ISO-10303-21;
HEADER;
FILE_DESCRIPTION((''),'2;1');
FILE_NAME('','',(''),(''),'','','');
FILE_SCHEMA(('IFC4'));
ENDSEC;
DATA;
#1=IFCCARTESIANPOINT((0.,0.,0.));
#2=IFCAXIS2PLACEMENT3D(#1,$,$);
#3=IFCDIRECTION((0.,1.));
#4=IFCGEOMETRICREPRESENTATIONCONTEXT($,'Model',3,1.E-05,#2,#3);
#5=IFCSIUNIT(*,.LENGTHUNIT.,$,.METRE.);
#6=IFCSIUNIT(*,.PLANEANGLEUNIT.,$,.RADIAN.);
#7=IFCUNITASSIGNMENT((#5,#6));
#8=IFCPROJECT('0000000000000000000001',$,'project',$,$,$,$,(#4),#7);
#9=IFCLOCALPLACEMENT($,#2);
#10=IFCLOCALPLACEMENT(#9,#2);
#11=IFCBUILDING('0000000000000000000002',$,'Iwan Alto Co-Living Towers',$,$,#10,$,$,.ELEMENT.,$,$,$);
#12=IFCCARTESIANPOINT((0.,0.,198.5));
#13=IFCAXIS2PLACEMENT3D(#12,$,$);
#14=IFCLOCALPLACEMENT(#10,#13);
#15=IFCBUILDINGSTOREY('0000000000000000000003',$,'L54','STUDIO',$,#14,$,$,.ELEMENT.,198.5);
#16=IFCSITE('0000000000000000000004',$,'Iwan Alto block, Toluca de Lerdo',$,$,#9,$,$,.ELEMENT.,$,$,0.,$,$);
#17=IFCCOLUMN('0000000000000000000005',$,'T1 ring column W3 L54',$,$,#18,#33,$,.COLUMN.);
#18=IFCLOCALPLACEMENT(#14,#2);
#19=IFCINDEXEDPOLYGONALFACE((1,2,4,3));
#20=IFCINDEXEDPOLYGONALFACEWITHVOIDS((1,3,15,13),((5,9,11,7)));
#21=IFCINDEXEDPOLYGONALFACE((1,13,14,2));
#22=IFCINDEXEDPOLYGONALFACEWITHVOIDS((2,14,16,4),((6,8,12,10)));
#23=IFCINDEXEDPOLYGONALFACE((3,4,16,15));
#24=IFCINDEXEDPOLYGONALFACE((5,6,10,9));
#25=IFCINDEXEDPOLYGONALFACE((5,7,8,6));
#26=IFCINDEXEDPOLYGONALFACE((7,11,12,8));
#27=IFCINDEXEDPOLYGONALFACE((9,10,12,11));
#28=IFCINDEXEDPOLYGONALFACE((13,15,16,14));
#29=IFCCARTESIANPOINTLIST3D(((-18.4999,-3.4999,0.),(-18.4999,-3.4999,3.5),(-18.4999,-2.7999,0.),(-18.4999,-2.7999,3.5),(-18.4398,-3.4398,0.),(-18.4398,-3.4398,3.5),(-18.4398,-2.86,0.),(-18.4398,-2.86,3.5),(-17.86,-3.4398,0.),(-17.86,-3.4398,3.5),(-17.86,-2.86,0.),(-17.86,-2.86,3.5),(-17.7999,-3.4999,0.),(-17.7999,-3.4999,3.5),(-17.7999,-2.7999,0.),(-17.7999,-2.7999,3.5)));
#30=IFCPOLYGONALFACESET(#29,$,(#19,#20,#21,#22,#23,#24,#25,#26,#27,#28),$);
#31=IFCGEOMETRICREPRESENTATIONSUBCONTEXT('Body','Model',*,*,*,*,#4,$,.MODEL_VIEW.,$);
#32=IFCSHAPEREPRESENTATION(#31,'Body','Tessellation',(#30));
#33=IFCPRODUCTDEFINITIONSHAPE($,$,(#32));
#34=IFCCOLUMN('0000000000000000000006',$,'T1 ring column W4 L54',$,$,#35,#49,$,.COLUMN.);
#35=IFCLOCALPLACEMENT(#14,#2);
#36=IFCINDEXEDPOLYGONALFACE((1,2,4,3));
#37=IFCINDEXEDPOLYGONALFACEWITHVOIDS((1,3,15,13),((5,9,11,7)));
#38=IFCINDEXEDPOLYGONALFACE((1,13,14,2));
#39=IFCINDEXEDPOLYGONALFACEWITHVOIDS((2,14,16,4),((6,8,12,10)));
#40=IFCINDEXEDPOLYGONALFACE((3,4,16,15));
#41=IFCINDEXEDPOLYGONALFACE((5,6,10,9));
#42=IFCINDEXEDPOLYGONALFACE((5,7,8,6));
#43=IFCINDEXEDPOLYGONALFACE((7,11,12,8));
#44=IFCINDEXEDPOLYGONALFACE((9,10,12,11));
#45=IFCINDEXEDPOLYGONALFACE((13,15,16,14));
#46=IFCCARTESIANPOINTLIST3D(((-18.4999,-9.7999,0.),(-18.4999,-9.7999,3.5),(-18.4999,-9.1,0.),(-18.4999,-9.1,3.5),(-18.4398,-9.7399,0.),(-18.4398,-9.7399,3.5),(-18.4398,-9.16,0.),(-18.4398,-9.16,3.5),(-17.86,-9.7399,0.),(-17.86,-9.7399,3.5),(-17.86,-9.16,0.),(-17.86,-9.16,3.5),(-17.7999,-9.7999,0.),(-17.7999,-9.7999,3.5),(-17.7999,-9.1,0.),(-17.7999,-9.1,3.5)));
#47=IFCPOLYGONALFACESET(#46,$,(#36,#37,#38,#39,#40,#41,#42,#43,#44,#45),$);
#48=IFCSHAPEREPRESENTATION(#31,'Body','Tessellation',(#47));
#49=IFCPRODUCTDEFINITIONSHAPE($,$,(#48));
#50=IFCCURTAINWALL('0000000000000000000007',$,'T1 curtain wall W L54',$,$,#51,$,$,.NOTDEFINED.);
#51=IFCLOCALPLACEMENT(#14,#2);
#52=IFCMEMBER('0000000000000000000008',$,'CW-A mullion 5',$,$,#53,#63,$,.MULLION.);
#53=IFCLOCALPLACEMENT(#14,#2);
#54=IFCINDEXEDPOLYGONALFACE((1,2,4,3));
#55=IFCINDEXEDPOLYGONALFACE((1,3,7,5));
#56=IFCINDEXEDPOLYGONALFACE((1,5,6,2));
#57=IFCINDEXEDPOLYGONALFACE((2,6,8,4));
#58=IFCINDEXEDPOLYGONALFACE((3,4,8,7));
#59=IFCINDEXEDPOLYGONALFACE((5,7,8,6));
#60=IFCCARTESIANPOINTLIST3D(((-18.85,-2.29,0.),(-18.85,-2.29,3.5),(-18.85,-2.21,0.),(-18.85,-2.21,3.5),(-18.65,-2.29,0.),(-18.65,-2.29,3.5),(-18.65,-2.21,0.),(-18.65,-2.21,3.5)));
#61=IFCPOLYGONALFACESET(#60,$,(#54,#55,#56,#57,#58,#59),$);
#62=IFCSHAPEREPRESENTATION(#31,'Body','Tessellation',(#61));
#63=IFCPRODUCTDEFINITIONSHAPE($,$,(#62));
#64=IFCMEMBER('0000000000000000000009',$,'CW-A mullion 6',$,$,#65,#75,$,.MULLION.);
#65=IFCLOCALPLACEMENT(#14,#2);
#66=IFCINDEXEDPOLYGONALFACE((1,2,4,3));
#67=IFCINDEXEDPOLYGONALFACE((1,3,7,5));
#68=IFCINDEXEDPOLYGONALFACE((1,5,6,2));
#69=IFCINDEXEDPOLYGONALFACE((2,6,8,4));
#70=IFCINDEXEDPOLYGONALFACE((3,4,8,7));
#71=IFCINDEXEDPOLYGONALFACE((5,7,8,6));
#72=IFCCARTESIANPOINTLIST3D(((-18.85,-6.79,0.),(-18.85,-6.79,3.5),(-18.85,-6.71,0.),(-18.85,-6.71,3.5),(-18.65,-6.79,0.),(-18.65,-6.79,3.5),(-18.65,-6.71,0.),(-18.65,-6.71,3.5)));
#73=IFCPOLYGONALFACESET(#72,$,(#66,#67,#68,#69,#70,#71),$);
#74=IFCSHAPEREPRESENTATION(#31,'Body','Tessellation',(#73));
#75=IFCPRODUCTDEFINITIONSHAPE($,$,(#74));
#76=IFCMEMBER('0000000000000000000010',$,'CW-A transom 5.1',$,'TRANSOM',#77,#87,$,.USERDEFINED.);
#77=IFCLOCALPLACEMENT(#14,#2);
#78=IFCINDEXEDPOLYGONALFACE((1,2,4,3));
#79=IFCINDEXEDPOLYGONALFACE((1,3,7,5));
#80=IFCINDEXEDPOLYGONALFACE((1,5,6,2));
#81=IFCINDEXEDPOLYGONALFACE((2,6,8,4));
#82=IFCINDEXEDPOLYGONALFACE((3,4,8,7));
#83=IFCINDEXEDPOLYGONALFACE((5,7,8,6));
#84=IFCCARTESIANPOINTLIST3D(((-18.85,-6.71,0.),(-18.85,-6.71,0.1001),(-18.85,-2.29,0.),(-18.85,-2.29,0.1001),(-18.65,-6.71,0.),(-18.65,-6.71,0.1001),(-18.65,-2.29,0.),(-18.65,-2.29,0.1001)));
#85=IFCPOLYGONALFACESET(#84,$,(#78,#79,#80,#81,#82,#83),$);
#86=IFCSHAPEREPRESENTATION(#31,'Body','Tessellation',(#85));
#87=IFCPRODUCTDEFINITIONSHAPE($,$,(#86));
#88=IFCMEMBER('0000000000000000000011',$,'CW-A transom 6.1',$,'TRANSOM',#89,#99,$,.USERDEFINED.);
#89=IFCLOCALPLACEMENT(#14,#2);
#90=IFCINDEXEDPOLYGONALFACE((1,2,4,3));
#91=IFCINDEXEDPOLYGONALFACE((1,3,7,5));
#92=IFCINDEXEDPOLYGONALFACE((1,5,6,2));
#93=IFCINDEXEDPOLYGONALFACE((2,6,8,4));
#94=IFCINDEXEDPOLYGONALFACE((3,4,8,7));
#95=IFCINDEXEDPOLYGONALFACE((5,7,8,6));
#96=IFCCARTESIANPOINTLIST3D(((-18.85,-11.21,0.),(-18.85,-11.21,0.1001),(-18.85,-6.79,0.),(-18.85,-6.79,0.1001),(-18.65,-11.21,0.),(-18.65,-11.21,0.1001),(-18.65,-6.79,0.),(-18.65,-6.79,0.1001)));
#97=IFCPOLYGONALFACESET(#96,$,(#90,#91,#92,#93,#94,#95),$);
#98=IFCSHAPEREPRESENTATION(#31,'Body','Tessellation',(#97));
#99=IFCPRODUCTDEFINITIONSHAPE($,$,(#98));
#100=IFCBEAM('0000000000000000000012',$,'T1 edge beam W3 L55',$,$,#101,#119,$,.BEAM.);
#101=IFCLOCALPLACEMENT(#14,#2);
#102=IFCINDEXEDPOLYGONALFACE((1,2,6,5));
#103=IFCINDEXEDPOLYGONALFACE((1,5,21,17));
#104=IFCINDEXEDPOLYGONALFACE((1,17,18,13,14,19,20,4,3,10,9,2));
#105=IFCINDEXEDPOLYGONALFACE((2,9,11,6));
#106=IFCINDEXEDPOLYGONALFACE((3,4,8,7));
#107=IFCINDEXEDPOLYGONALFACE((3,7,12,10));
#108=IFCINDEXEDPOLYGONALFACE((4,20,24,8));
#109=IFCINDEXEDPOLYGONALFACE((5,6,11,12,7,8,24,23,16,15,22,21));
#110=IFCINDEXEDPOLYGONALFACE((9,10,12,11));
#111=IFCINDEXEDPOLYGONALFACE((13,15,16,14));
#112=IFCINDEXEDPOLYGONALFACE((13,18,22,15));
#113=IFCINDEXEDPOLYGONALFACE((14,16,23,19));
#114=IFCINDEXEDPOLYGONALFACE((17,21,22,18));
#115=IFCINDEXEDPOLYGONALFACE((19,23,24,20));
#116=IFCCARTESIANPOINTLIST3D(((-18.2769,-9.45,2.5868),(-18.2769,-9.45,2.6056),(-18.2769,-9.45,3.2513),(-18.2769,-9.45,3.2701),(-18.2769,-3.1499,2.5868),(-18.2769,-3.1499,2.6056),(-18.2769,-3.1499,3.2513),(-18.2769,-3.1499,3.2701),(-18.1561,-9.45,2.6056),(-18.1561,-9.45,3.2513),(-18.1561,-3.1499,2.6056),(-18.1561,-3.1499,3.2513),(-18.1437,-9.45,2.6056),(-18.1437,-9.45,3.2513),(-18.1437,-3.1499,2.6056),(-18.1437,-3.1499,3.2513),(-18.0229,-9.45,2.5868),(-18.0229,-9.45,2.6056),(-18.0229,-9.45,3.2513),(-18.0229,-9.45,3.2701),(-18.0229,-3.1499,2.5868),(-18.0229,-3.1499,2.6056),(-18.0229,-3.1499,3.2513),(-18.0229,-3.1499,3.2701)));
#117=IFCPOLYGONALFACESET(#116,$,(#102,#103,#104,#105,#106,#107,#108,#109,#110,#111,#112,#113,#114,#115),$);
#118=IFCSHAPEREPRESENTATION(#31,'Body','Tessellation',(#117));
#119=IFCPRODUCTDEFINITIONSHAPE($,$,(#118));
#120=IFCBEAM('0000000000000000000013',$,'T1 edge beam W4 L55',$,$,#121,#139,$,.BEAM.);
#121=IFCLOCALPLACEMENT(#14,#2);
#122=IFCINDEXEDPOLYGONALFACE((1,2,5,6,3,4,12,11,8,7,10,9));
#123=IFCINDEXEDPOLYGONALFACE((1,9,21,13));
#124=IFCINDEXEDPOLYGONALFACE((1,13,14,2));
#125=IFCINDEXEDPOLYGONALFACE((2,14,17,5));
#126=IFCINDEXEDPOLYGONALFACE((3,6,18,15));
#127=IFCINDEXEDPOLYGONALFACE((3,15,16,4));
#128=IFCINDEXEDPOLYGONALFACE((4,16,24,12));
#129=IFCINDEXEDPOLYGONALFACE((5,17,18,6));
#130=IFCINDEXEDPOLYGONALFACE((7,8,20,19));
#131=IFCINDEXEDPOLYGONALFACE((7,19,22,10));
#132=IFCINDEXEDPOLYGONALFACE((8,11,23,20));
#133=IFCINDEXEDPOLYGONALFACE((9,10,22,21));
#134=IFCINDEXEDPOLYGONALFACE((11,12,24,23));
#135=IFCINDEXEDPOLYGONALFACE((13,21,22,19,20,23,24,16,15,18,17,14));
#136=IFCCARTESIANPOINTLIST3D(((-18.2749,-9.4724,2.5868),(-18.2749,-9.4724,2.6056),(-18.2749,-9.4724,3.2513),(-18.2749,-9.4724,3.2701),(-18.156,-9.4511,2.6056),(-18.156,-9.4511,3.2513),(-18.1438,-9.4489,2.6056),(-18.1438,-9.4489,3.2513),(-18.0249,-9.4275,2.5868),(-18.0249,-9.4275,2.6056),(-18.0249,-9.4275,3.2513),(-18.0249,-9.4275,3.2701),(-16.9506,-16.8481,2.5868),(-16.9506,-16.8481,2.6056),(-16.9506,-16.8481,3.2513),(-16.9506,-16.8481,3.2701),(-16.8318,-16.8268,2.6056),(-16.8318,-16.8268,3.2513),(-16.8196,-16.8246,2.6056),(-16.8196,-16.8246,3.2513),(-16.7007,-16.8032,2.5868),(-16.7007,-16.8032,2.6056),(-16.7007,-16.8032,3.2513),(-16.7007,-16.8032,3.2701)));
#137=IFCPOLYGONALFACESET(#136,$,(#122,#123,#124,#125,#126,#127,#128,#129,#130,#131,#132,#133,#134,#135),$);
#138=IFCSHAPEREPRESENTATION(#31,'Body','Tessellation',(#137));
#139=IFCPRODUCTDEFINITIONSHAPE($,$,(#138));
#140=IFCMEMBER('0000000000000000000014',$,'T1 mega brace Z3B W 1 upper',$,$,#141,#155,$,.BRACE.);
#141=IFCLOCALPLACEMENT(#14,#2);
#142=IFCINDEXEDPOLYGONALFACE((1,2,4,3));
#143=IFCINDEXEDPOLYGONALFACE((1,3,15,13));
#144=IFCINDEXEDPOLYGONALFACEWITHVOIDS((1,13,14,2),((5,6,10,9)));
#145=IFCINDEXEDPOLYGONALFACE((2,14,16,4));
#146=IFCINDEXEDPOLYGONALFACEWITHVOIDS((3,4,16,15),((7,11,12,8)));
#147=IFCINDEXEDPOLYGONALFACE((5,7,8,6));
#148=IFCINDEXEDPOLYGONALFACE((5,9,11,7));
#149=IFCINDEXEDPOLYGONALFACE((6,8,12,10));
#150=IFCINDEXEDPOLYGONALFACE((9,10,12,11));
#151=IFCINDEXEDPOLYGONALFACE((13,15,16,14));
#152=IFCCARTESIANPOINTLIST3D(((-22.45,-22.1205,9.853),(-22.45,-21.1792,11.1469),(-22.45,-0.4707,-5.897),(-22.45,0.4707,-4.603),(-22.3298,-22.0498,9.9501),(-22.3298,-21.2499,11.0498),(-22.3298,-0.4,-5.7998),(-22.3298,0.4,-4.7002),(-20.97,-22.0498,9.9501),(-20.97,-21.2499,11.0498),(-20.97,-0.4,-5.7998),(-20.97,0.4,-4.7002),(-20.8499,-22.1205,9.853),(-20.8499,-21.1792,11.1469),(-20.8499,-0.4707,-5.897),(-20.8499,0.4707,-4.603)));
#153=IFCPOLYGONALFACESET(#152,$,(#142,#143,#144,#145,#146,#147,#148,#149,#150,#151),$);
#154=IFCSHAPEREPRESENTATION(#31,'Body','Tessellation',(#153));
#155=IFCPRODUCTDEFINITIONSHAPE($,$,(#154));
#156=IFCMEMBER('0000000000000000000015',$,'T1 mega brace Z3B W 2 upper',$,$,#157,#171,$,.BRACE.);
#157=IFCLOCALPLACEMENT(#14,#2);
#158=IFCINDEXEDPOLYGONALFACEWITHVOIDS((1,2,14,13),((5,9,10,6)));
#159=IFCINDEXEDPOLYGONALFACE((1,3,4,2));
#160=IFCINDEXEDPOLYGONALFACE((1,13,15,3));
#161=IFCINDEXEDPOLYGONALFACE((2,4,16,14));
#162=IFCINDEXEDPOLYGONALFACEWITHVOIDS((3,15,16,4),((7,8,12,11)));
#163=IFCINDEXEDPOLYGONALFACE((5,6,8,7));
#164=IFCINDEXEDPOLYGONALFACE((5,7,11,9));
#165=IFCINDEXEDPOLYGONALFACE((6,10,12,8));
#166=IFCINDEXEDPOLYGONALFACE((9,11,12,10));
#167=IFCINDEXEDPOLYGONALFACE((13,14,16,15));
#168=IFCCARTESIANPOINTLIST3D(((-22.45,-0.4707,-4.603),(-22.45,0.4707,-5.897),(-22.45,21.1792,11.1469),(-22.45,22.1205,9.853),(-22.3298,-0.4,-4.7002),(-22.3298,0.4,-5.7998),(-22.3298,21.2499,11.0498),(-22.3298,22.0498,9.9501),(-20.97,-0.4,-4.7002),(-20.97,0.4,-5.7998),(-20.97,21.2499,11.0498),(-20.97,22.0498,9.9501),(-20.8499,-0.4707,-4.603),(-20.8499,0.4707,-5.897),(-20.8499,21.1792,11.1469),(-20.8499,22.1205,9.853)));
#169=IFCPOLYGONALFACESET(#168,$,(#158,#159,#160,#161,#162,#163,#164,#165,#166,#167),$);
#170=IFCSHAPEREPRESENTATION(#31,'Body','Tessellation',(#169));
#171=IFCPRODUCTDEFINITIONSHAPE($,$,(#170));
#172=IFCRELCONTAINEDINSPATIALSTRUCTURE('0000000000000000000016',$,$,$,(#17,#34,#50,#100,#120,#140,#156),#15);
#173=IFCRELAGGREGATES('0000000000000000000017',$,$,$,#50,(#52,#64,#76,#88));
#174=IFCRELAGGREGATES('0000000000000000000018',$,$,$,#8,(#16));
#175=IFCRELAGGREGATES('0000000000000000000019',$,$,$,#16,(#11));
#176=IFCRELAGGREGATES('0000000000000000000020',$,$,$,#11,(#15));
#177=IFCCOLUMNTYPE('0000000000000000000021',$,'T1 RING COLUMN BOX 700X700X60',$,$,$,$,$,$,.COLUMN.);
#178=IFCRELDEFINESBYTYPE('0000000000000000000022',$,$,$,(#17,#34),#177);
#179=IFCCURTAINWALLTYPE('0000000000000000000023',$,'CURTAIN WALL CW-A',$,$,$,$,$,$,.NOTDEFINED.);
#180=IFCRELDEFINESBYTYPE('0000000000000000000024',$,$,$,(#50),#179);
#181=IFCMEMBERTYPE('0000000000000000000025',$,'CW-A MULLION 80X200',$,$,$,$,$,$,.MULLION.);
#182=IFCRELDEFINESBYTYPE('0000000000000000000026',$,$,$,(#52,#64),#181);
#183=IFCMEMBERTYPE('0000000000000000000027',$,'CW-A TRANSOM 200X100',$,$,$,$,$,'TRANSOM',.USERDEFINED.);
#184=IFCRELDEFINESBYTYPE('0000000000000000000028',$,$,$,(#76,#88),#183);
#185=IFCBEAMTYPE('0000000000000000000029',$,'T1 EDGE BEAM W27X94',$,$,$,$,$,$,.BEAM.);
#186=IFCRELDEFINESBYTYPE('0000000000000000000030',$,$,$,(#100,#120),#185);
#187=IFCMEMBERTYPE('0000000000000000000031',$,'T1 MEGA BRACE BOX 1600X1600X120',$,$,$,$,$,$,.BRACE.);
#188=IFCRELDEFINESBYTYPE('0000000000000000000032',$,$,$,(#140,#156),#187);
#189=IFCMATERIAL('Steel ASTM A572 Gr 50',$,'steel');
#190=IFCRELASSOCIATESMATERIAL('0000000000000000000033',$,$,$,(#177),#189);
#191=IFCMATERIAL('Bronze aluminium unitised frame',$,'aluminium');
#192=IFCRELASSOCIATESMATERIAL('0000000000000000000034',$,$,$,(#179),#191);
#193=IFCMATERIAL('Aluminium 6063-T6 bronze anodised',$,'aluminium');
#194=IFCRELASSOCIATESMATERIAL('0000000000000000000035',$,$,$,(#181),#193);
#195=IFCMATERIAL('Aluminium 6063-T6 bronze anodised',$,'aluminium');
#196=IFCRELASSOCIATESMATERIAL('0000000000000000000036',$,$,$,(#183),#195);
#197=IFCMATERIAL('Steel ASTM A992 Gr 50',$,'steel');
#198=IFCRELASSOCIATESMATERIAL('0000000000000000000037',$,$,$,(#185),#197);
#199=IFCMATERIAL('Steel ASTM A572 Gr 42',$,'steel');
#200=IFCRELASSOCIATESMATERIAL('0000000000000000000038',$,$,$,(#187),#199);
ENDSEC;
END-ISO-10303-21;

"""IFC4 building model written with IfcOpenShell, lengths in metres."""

from ifc_helpers import new_model, si_unit, direction, frame, origin, origin_2d, place, context, subcontext, project, spatial, rectangle, hollow_rectangle, i_section, extrude, material, material_profile, profile_set, type_object, element, aggregate, save


model = new_model("IFC4")

# Units and contexts
model_context = context("Model", 3, precision=1e-05, world=origin(), true_north=direction((0.0, 1.0)))
body_context = subcontext(model_context, "Body", "Model", "MODEL_VIEW")
ifc_project = project(units=[si_unit("LENGTHUNIT", "METRE"), si_unit("PLANEANGLEUNIT", "RADIAN")], contexts=[model_context])

# Site, building, storey
site_placement = place(None, origin())
site = spatial("IfcSite", under=ifc_project, at=site_placement, Name="Iwan Alto block, Toluca de Lerdo", CompositionType="ELEMENT", RefElevation=0.0)
building_placement = place(site_placement, origin())
building = spatial("IfcBuilding", under=site, at=building_placement, Name="Iwan Alto Co-Living Towers", CompositionType="ELEMENT")
storey_placement = place(building_placement, frame((0.0, 0.0, 198.5)))
storey = spatial("IfcBuildingStorey", under=building, at=storey_placement, Name="L54", Description="STUDIO", CompositionType="ELEMENT", Elevation=198.5)

# Columns
ifc_material_1 = material(Name="Steel ASTM A572 Gr 50", Category="steel")
ifc_material_profile_1 = material_profile(ifc_material_1, hollow_rectangle(XDim=0.7, YDim=0.7, WallThickness=0.0601, at=origin_2d()), Name="BOX 700X700X60")
ifc_profile_set_1 = profile_set([ifc_material_profile_1], Name="Steel ASTM A572 Gr 50")
column_type = type_object("IfcColumnType", Name="T1 RING COLUMN BOX 700X700X60", PredefinedType="COLUMN", material=ifc_profile_set_1)
for number, where, z_axis, x_axis, name in (
    (1, (-18.1499, -3.1499, 0.0), (0.0, 0.0, 1.0), (1.0, 0.0, 0.0), "T1 ring column W3 L54"),
    (2, (-18.1499, -9.45, 0.0), (0.0, 0.0, 1.0), (1.0, 0.0, 0.0), "T1 ring column W4 L54"),
):
    element("IfcColumn", number, at=place(storey_placement, frame(where, z_axis=z_axis, x_axis=x_axis)), inside=storey, type_object=column_type, Name=name, PredefinedType="COLUMN", context=body_context, shape_type="SweptSolid", body=[
        extrude(hollow_rectangle(XDim=0.7, YDim=0.7, WallThickness=0.0601, at=origin_2d()), origin(), (0.0, 0.0, 1.0), 3.5),
    ])

# Curtain wall, members
ifc_material_2 = material(Name="Bronze aluminium unitised frame", Category="aluminium")
curtain_wall_type = type_object("IfcCurtainWallType", Name="CURTAIN WALL CW-A", PredefinedType="NOTDEFINED", material=ifc_material_2)
curtain_wall_placement = place(storey_placement, origin())
curtain_wall = element("IfcCurtainWall", 3, at=curtain_wall_placement, inside=storey, type_object=curtain_wall_type, Name="T1 curtain wall W L54", PredefinedType="NOTDEFINED")
ifc_material_3 = material(Name="Aluminium 6063-T6 bronze anodised", Category="aluminium")
ifc_material_profile_2 = material_profile(ifc_material_3, rectangle(XDim=0.2, YDim=0.0801, at=origin_2d()), Name="AL 80X200")
ifc_profile_set_2 = profile_set([ifc_material_profile_2], Name="Aluminium 6063-T6 bronze anodised")
member_type_1 = type_object("IfcMemberType", Name="CW-A MULLION 80X200", PredefinedType="MULLION", material=ifc_profile_set_2)
member_1_placement = place(storey_placement, frame((-18.75, -2.25, 0.0), z_axis=(0.0, 0.0, 1.0), x_axis=(1.0, 0.0, 0.0)))
member_1 = element("IfcMember", 4, at=member_1_placement, type_object=member_type_1, Name="CW-A mullion 5", PredefinedType="MULLION", context=body_context, shape_type="SweptSolid", body=[
    extrude(rectangle(XDim=0.2, YDim=0.0801, at=origin_2d()), origin(), (0.0, 0.0, 1.0), 3.5),
])
member_2_placement = place(storey_placement, frame((-18.75, -6.75, 0.0), z_axis=(0.0, 0.0, 1.0), x_axis=(1.0, 0.0, 0.0)))
member_2 = element("IfcMember", 5, at=member_2_placement, type_object=member_type_1, Name="CW-A mullion 6", PredefinedType="MULLION", context=body_context, shape_type="SweptSolid", body=[
    extrude(rectangle(XDim=0.2, YDim=0.0801, at=origin_2d()), origin(), (0.0, 0.0, 1.0), 3.5),
])
ifc_material_4 = material(Name="Aluminium 6063-T6 bronze anodised", Category="aluminium")
ifc_material_profile_3 = material_profile(ifc_material_4, rectangle(XDim=0.2, YDim=0.1001, at=origin_2d()), Name="AL 200X100")
ifc_profile_set_3 = profile_set([ifc_material_profile_3], Name="Aluminium 6063-T6 bronze anodised")
member_type_2 = type_object("IfcMemberType", Name="CW-A TRANSOM 200X100", ElementType="TRANSOM", PredefinedType="USERDEFINED", material=ifc_profile_set_3)
member_3_placement = place(storey_placement, frame((-18.75, -2.29, 0.05), z_axis=(0.0, -1.0, 0.0), x_axis=(1.0, 0.0, 0.0)))
member_3 = element("IfcMember", 6, at=member_3_placement, type_object=member_type_2, Name="CW-A transom 5.1", ObjectType="TRANSOM", PredefinedType="USERDEFINED", context=body_context, shape_type="SweptSolid", body=[
    extrude(rectangle(XDim=0.2, YDim=0.1001, at=origin_2d()), origin(), (0.0, 0.0, 1.0), 4.4199),
])
member_4_placement = place(storey_placement, frame((-18.75, -6.79, 0.05), z_axis=(0.0, -1.0, 0.0), x_axis=(1.0, 0.0, 0.0)))
member_4 = element("IfcMember", 7, at=member_4_placement, type_object=member_type_2, Name="CW-A transom 6.1", ObjectType="TRANSOM", PredefinedType="USERDEFINED", context=body_context, shape_type="SweptSolid", body=[
    extrude(rectangle(XDim=0.2, YDim=0.1001, at=origin_2d()), origin(), (0.0, 0.0, 1.0), 4.4199),
])

# Beams
ifc_material_5 = material(Name="Steel ASTM A992 Gr 50", Category="steel")
ifc_material_profile_4 = material_profile(ifc_material_5, i_section(OverallWidth=0.2539, OverallDepth=0.6833, WebThickness=0.0125, FlangeThickness=0.0188, at=origin_2d()), Name="W27X94")
ifc_profile_set_4 = profile_set([ifc_material_profile_4], Name="Steel ASTM A992 Gr 50")
beam_type_1 = type_object("IfcBeamType", Name="T1 EDGE BEAM W27X94", PredefinedType="BEAM", material=ifc_profile_set_4)
beam_1_placement = place(storey_placement, frame((-18.1499, -3.1499, 2.9285), z_axis=(0.0, -1.0, 0.0), x_axis=(1.0, 0.0, 0.0)))
element("IfcBeam", 8, at=beam_1_placement, inside=storey, type_object=beam_type_1, Name="T1 edge beam W3 L55", PredefinedType="BEAM", context=body_context, shape_type="SweptSolid", body=[
    extrude(i_section(OverallWidth=0.2539, OverallDepth=0.6833, WebThickness=0.0125, FlangeThickness=0.0188, at=origin_2d()), origin(), (0.0, 0.0, 1.0), 6.3),
])
beam_2_placement = place(storey_placement, frame((-18.1499, -9.45, 2.9285), z_axis=(0.176712, -0.984263, 0.0), x_axis=(0.984263, 0.176712, 0.0)))
element("IfcBeam", 9, at=beam_2_placement, inside=storey, type_object=beam_type_1, Name="T1 edge beam W4 L55", PredefinedType="BEAM", context=body_context, shape_type="SweptSolid", body=[
    extrude(i_section(OverallWidth=0.2539, OverallDepth=0.6833, WebThickness=0.0125, FlangeThickness=0.0188, at=origin_2d()), origin(), (0.0, 0.0, 1.0), 7.4937),
])

# Members
ifc_material_6 = material(Name="Steel ASTM A572 Gr 42", Category="steel")
ifc_material_profile_5 = material_profile(ifc_material_6, hollow_rectangle(XDim=1.6001, YDim=1.6001, WallThickness=0.1201, at=origin_2d()), Name="BOX 1600X1600X120")
ifc_profile_set_5 = profile_set([ifc_material_profile_5], Name="Steel ASTM A572 Gr 42")
member_type_3 = type_object("IfcMemberType", Name="T1 MEGA BRACE BOX 1600X1600X120", PredefinedType="BRACE", material=ifc_profile_set_5)
for number, where, z_axis, x_axis, name in (
    (10, (-21.6499, 0.0, -5.25), (0.0, -0.808654, 0.588284), (1.0, 0.0, 0.0), "T1 mega brace Z3B W 1 upper"),
    (11, (-21.6499, 0.0, -5.25), (0.0, 0.808654, 0.588284), (-1.0, 0.0, 0.0), "T1 mega brace Z3B W 2 upper"),
):
    element("IfcMember", number, at=place(storey_placement, frame(where, z_axis=z_axis, x_axis=x_axis)), inside=storey, type_object=member_type_3, Name=name, PredefinedType="BRACE", context=body_context, shape_type="SweptSolid", body=[
        extrude(hollow_rectangle(XDim=1.6001, YDim=1.6001, WallThickness=0.1201, at=origin_2d()), origin(), (0.0, 0.0, 1.0), 26.7727),
    ])

aggregate(curtain_wall, [member_1, member_2, member_3, member_4])

save(model, "model.ifc")
